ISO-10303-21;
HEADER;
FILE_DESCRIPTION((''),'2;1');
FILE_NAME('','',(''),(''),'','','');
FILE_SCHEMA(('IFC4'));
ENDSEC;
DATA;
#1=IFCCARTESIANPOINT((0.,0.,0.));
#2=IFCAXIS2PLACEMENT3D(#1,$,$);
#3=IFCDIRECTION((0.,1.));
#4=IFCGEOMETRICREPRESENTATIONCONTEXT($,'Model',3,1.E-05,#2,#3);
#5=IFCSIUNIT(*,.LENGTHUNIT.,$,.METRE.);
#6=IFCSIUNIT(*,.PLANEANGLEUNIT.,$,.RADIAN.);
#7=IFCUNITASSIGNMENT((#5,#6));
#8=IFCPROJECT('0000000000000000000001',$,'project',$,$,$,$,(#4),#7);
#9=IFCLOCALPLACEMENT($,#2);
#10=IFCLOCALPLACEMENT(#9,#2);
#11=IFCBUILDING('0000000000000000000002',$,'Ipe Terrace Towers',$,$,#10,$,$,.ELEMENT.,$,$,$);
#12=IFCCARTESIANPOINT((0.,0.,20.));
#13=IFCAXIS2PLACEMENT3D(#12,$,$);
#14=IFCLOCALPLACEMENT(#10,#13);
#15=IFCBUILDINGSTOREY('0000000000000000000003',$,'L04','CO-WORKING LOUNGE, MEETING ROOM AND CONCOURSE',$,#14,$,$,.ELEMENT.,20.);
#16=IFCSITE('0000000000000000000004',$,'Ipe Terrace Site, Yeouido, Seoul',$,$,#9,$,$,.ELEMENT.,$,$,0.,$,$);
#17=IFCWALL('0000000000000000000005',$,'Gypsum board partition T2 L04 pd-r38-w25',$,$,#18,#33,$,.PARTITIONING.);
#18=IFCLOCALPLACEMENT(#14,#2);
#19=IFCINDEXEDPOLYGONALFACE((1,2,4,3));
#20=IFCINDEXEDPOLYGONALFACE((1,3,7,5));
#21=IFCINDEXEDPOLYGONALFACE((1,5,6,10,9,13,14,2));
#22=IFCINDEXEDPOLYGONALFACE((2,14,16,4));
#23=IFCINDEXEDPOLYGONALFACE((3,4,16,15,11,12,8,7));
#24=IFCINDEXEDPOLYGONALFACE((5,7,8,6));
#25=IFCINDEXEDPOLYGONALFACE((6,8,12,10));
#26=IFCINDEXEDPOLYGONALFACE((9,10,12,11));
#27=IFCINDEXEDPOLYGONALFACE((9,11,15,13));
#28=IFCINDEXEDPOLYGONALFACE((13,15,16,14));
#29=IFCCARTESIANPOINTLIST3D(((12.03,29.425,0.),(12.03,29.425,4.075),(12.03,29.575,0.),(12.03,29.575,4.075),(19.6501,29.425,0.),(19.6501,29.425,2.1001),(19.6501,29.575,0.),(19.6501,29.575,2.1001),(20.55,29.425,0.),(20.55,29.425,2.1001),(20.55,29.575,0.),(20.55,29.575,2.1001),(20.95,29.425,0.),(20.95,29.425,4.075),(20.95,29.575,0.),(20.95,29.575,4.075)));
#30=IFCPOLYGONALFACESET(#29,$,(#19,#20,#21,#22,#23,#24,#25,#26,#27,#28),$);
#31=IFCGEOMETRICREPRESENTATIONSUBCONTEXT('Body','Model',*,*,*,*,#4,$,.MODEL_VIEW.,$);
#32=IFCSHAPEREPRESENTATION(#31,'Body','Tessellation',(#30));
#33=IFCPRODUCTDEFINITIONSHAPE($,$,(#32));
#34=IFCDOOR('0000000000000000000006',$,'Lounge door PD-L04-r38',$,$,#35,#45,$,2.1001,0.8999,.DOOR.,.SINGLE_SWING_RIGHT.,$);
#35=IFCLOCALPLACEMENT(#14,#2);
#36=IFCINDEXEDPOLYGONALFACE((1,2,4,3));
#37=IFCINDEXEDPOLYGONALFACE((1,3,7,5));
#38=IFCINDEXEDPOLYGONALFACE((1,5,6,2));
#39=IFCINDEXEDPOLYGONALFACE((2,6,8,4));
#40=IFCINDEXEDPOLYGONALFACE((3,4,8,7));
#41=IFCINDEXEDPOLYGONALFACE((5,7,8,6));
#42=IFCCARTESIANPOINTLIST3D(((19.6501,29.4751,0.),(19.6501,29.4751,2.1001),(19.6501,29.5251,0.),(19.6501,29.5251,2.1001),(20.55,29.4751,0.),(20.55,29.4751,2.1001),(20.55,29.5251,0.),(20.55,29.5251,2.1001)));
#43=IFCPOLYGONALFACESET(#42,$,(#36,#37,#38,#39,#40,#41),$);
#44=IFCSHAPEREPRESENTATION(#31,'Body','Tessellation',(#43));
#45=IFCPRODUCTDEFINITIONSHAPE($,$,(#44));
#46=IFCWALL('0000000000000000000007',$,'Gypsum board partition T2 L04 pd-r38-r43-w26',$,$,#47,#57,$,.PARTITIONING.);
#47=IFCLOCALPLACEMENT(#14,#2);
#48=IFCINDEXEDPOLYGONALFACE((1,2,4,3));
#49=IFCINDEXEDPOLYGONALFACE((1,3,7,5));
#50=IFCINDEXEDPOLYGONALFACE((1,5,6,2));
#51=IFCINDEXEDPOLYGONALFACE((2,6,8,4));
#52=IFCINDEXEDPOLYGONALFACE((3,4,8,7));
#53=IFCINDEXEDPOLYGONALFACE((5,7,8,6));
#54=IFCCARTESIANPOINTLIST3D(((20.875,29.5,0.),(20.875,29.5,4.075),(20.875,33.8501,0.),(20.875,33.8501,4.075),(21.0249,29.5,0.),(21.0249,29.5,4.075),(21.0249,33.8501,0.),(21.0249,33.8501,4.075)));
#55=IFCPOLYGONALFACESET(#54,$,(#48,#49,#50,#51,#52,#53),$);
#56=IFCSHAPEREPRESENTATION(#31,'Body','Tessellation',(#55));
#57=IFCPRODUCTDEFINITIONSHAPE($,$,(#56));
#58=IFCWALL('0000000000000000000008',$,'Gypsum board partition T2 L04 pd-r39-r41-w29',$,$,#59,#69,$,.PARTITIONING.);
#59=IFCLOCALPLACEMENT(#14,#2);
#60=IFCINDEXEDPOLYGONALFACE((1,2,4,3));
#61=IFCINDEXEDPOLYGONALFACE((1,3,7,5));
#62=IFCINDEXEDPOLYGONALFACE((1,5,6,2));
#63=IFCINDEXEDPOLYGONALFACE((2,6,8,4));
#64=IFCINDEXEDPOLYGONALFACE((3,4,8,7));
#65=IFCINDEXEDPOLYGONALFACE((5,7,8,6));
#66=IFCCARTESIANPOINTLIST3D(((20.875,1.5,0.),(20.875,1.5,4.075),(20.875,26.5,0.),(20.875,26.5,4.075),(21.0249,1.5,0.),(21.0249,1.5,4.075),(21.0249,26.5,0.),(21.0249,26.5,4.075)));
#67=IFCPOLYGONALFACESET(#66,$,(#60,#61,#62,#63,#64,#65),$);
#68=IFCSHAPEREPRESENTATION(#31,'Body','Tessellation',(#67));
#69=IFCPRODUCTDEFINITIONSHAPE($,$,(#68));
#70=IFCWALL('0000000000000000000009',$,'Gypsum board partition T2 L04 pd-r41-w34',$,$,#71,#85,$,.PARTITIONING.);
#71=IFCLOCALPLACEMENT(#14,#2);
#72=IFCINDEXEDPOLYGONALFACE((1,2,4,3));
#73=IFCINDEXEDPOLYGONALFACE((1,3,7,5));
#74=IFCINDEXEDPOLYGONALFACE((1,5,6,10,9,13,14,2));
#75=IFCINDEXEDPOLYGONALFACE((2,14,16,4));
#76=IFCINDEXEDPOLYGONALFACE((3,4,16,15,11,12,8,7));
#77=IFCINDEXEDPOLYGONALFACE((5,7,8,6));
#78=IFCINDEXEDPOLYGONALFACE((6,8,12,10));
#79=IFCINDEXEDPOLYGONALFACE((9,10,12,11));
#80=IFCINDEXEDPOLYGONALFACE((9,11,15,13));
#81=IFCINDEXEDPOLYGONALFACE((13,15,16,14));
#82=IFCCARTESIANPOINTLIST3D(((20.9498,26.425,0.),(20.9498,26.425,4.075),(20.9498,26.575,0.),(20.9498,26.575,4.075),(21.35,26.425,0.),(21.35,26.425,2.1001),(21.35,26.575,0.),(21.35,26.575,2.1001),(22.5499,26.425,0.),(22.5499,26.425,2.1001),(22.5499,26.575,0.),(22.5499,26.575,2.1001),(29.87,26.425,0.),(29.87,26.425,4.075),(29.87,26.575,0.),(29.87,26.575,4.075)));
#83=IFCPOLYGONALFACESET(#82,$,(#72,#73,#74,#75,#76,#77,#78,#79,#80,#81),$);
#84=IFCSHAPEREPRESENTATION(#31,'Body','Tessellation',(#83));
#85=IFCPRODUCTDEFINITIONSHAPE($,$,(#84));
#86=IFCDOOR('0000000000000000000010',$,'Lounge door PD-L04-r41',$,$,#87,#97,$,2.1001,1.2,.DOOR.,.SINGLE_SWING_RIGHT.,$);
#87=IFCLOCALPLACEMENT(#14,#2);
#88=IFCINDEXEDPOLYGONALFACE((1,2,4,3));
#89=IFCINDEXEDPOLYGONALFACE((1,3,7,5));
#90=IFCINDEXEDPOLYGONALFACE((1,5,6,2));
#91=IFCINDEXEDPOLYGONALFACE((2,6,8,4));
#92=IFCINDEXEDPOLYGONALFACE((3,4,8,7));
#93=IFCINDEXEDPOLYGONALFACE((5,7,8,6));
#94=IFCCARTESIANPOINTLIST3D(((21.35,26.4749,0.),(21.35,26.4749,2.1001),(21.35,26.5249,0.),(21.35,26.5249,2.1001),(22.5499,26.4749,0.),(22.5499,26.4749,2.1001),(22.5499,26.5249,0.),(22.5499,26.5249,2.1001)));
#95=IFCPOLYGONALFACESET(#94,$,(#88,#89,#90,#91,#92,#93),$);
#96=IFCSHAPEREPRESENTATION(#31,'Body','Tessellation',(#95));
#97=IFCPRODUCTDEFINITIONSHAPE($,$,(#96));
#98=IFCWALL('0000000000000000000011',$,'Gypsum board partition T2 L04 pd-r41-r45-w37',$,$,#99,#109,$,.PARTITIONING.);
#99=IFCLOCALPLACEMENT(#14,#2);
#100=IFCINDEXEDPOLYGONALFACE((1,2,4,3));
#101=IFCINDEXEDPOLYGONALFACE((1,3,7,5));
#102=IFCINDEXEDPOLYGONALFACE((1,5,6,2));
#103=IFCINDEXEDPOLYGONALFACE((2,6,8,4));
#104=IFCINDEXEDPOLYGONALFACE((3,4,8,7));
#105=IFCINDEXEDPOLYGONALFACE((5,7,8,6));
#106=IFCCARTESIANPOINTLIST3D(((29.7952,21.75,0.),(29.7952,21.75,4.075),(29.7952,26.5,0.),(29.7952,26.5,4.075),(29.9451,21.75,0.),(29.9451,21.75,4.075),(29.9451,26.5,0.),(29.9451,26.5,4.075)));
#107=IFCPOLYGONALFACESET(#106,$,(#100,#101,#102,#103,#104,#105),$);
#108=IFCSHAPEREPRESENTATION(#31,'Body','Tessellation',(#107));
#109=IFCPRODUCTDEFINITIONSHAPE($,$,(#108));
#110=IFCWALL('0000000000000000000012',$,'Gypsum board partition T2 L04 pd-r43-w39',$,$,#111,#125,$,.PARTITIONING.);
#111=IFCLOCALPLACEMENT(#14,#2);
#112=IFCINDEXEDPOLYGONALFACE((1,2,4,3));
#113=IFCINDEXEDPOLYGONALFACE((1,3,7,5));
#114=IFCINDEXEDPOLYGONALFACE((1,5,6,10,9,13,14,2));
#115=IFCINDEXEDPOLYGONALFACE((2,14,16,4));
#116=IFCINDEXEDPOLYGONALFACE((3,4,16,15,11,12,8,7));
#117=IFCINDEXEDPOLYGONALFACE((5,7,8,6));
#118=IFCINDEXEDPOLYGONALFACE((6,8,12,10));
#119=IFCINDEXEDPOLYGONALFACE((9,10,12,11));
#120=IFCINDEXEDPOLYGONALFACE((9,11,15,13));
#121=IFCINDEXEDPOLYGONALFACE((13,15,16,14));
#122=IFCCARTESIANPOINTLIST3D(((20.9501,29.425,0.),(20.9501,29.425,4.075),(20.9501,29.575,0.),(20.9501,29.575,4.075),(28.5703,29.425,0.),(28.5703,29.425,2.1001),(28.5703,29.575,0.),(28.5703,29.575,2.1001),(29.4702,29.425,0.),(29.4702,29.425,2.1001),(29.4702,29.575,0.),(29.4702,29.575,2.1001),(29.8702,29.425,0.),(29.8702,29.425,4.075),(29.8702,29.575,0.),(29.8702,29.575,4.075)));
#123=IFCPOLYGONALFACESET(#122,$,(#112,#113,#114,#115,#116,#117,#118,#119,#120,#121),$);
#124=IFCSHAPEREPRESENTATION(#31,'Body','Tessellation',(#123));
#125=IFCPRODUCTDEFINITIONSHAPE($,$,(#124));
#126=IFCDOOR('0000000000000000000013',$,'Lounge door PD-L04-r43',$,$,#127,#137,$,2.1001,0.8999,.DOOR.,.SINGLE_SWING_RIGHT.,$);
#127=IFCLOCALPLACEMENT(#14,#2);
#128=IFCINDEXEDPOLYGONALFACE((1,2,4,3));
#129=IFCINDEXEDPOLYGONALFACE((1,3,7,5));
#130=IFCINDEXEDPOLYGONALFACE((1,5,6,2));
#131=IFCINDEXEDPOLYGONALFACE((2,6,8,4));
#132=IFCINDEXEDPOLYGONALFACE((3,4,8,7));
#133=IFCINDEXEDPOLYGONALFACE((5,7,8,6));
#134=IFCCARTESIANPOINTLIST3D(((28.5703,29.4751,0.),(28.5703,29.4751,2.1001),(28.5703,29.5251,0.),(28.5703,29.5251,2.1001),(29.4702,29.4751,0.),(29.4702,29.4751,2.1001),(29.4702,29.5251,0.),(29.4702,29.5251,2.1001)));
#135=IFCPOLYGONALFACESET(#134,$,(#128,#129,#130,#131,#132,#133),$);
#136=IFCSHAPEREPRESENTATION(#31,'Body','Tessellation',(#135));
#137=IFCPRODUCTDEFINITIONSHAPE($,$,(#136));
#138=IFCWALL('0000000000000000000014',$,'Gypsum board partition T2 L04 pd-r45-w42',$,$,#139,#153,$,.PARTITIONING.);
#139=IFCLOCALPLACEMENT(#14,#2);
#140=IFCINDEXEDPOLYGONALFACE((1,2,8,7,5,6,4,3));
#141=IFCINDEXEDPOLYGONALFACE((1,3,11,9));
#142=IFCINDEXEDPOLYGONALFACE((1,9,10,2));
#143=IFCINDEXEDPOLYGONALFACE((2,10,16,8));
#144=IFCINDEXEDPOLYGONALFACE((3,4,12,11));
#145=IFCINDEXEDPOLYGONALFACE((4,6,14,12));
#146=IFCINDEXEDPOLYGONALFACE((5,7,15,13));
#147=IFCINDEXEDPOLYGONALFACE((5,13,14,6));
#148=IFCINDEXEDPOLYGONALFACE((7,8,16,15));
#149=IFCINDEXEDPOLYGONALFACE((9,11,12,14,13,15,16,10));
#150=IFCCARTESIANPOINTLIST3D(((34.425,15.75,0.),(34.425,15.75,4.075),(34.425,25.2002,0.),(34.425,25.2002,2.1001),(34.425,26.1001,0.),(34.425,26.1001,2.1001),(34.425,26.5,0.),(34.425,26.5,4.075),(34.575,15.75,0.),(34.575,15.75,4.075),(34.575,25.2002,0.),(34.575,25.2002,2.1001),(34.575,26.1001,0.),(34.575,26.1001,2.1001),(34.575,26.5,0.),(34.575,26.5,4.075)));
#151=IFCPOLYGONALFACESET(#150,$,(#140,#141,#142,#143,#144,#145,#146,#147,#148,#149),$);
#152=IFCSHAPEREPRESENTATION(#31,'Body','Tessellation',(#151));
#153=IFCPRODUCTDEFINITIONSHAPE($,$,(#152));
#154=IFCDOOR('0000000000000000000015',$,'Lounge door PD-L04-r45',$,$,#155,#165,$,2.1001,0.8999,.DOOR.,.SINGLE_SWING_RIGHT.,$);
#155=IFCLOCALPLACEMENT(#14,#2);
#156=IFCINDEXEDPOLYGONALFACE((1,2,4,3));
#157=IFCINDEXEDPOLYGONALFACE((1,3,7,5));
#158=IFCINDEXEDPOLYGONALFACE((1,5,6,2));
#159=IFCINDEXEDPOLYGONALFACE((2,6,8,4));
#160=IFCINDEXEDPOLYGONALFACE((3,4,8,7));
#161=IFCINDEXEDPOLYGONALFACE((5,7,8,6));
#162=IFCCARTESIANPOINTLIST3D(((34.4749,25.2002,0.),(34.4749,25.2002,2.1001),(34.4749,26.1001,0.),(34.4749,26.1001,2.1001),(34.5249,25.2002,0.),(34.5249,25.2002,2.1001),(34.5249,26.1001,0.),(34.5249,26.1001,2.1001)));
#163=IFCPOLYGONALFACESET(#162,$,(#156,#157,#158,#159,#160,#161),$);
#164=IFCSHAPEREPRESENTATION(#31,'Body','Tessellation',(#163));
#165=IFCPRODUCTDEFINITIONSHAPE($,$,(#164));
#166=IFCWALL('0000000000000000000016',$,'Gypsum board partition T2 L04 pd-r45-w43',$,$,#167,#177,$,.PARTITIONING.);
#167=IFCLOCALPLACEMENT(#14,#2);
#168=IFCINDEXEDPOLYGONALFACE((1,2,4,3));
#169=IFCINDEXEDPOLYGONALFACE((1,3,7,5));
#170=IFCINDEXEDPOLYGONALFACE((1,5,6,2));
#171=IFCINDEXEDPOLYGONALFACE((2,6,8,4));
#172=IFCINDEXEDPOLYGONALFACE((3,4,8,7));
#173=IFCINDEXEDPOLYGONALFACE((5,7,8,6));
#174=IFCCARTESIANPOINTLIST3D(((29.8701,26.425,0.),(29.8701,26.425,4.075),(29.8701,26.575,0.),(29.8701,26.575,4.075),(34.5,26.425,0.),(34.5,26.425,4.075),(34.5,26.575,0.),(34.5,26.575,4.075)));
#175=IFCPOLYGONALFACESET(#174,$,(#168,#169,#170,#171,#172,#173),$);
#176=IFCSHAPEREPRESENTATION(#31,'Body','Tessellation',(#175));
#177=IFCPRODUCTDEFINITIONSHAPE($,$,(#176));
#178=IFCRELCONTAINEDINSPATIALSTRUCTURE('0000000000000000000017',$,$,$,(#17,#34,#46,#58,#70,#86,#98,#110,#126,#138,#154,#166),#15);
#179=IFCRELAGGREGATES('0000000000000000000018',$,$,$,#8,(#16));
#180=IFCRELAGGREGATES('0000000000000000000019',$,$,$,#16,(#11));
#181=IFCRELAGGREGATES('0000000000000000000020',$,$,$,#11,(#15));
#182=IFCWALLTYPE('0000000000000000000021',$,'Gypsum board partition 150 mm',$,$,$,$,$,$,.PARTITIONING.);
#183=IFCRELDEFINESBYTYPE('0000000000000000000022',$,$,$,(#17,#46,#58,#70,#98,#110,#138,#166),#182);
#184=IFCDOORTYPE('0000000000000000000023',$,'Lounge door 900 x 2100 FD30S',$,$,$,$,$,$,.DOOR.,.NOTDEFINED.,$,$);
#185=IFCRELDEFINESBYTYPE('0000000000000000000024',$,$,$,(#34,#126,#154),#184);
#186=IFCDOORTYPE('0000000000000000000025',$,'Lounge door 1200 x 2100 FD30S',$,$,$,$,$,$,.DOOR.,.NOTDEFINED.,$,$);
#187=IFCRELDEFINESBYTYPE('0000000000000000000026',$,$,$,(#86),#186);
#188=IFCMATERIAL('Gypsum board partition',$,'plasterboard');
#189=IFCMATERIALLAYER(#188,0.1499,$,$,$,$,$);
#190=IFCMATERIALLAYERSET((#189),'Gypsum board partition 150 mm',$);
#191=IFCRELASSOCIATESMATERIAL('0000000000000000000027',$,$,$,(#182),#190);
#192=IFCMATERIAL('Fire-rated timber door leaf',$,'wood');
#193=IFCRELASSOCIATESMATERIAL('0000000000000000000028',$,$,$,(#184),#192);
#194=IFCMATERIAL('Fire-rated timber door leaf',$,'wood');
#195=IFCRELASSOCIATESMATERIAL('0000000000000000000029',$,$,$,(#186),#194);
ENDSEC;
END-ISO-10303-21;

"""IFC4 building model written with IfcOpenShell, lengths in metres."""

from ifc_helpers import new_model, si_unit, direction, frame, frame_2d, origin, place, context, subcontext, project, spatial, rectangle, extrude, material, layer, layer_set, type_object, element, fill, save


model = new_model("IFC4")

# Units and contexts
model_context = context("Model", 3, precision=1e-05, world=origin(), true_north=direction((0.0, 1.0)))
body_context = subcontext(model_context, "Body", "Model", "MODEL_VIEW")
ifc_project = project(units=[si_unit("LENGTHUNIT", "METRE"), si_unit("PLANEANGLEUNIT", "RADIAN")], contexts=[model_context])

# Site, building, storey
site_placement = place(None, origin())
site = spatial("IfcSite", under=ifc_project, at=site_placement, Name="Ipe Terrace Site, Yeouido, Seoul", CompositionType="ELEMENT", RefElevation=0.0)
building_placement = place(site_placement, origin())
building = spatial("IfcBuilding", under=site, at=building_placement, Name="Ipe Terrace Towers", CompositionType="ELEMENT")
storey_placement = place(building_placement, frame((0.0, 0.0, 20.0)))
storey = spatial("IfcBuildingStorey", under=building, at=storey_placement, Name="L04", Description="CO-WORKING LOUNGE, MEETING ROOM AND CONCOURSE", CompositionType="ELEMENT", Elevation=20.0)

# Wall, opening, door
ifc_material_1 = material(Name="Gypsum board partition", Category="plasterboard")
ifc_layer_1 = layer(ifc_material_1, 0.1499)
ifc_layer_set_1 = layer_set([ifc_layer_1], Name="Gypsum board partition 150 mm")
wall_type = type_object("IfcWallType", Name="Gypsum board partition 150 mm", PredefinedType="PARTITIONING", material=ifc_layer_set_1)
wall_1_placement = place(storey_placement, frame((20.95, 29.5, 0.0), z_axis=(0.0, 0.0, 1.0), x_axis=(-1.0, 0.0, 0.0)))
wall_1 = element("IfcWall", 1, at=wall_1_placement, inside=storey, type_object=wall_type, Name="Gypsum board partition T2 L04 pd-r38-w25", PredefinedType="PARTITIONING", context=body_context, shape_type="SweptSolid", body=[
    extrude(rectangle(XDim=8.9199, YDim=0.1499, at=frame_2d((4.46, 0.0))), origin(), (0.0, 0.0, 1.0), 4.075),
])
opening_1_placement = place(wall_1_placement, frame((0.3999, 0.0, 0.0)))
opening_1 = element("IfcOpeningElement", 2, at=opening_1_placement, cuts=wall_1, PredefinedType="OPENING", context=body_context, shape_type="SweptSolid", body=[
    extrude(rectangle(XDim=0.8999, YDim=2.1001, at=frame_2d((0.45, 1.05))), frame((0.0, 0.085, 0.0), z_axis=(0.0, -1.0, 0.0), x_axis=(1.0, 0.0, 0.0)), (0.0, 0.0, 1.0), 0.1699),
])
ifc_material_2 = material(Name="Fire-rated timber door leaf", Category="wood")
door_type_1 = type_object("IfcDoorType", Name="Lounge door 900 x 2100 FD30S", OperationType="NOTDEFINED", PredefinedType="DOOR", material=ifc_material_2)
door_1_placement = place(opening_1_placement, origin())
door_1 = element("IfcDoor", 3, at=door_1_placement, inside=storey, type_object=door_type_1, Name="Lounge door PD-L04-r38", OperationType="SINGLE_SWING_RIGHT", OverallHeight=2.1001, OverallWidth=0.8999, PredefinedType="DOOR", context=body_context, shape_type="SweptSolid", body=[
    extrude(rectangle(XDim=0.8999, YDim=2.1001, at=frame_2d((0.45, 1.05))), frame((0.0, 0.0249, 0.0), z_axis=(0.0, -1.0, 0.0), x_axis=(1.0, 0.0, 0.0)), (0.0, 0.0, 1.0), 0.05),
])
fill(opening_1, door_1)

# Walls
wall_2_placement = place(storey_placement, frame((20.95, 33.8501, 0.0), z_axis=(0.0, 0.0, 1.0), x_axis=(0.0, -1.0, 0.0)))
element("IfcWall", 4, at=wall_2_placement, inside=storey, type_object=wall_type, Name="Gypsum board partition T2 L04 pd-r38-r43-w26", PredefinedType="PARTITIONING", context=body_context, shape_type="SweptSolid", body=[
    extrude(rectangle(XDim=4.3501, YDim=0.1499, at=frame_2d((2.175, 0.0))), origin(), (0.0, 0.0, 1.0), 4.075),
])
wall_3_placement = place(storey_placement, frame((20.95, 26.5, 0.0), z_axis=(0.0, 0.0, 1.0), x_axis=(0.0, -1.0, 0.0)))
element("IfcWall", 5, at=wall_3_placement, inside=storey, type_object=wall_type, Name="Gypsum board partition T2 L04 pd-r39-r41-w29", PredefinedType="PARTITIONING", context=body_context, shape_type="SweptSolid", body=[
    extrude(rectangle(XDim=25.0, YDim=0.1499, at=frame_2d((12.5, 0.0))), origin(), (0.0, 0.0, 1.0), 4.075),
])

# Wall, opening, door
wall_4_placement = place(storey_placement, frame((20.95, 26.5, 0.0), z_axis=(0.0, 0.0, 1.0), x_axis=(1.0, 0.0, 0.0)))
wall_4 = element("IfcWall", 6, at=wall_4_placement, inside=storey, type_object=wall_type, Name="Gypsum board partition T2 L04 pd-r41-w34", PredefinedType="PARTITIONING", context=body_context, shape_type="SweptSolid", body=[
    extrude(rectangle(XDim=8.9202, YDim=0.1499, at=frame_2d((4.46, 0.0))), origin(), (0.0, 0.0, 1.0), 4.075),
])
opening_2_placement = place(wall_4_placement, frame((0.3999, 0.0, 0.0)))
opening_2 = element("IfcOpeningElement", 7, at=opening_2_placement, cuts=wall_4, PredefinedType="OPENING", context=body_context, shape_type="SweptSolid", body=[
    extrude(rectangle(XDim=1.2, YDim=2.1001, at=frame_2d((0.6001, 1.05))), frame((0.0, 0.085, 0.0), z_axis=(0.0, -1.0, 0.0), x_axis=(1.0, 0.0, 0.0)), (0.0, 0.0, 1.0), 0.1699),
])
ifc_material_3 = material(Name="Fire-rated timber door leaf", Category="wood")
door_type_2 = type_object("IfcDoorType", Name="Lounge door 1200 x 2100 FD30S", OperationType="NOTDEFINED", PredefinedType="DOOR", material=ifc_material_3)
door_2_placement = place(opening_2_placement, origin())
door_2 = element("IfcDoor", 8, at=door_2_placement, inside=storey, type_object=door_type_2, Name="Lounge door PD-L04-r41", OperationType="SINGLE_SWING_RIGHT", OverallHeight=2.1001, OverallWidth=1.2, PredefinedType="DOOR", context=body_context, shape_type="SweptSolid", body=[
    extrude(rectangle(XDim=1.2, YDim=2.1001, at=frame_2d((0.6001, 1.05))), frame((0.0, 0.0249, 0.0), z_axis=(0.0, -1.0, 0.0), x_axis=(1.0, 0.0, 0.0)), (0.0, 0.0, 1.0), 0.05),
])
fill(opening_2, door_2)

# Wall
wall_5_placement = place(storey_placement, frame((29.8701, 26.5, 0.0), z_axis=(0.0, 0.0, 1.0), x_axis=(0.0, -1.0, 0.0)))
element("IfcWall", 9, at=wall_5_placement, inside=storey, type_object=wall_type, Name="Gypsum board partition T2 L04 pd-r41-r45-w37", PredefinedType="PARTITIONING", context=body_context, shape_type="SweptSolid", body=[
    extrude(rectangle(XDim=4.75, YDim=0.1499, at=frame_2d((2.375, 0.0))), origin(), (0.0, 0.0, 1.0), 4.075),
])

# Walls, openings, doors
wall_6_placement = place(storey_placement, frame((29.8701, 29.5, 0.0), z_axis=(0.0, 0.0, 1.0), x_axis=(-1.0, 0.0, 0.0)))
wall_6 = element("IfcWall", 10, at=wall_6_placement, inside=storey, type_object=wall_type, Name="Gypsum board partition T2 L04 pd-r43-w39", PredefinedType="PARTITIONING", context=body_context, shape_type="SweptSolid", body=[
    extrude(rectangle(XDim=8.9202, YDim=0.1499, at=frame_2d((4.46, 0.0))), origin(), (0.0, 0.0, 1.0), 4.075),
])
opening_3_placement = place(wall_6_placement, frame((0.3999, 0.0, 0.0)))
opening_3 = element("IfcOpeningElement", 11, at=opening_3_placement, cuts=wall_6, PredefinedType="OPENING", context=body_context, shape_type="SweptSolid", body=[
    extrude(rectangle(XDim=0.8999, YDim=2.1001, at=frame_2d((0.45, 1.05))), frame((0.0, 0.085, 0.0), z_axis=(0.0, -1.0, 0.0), x_axis=(1.0, 0.0, 0.0)), (0.0, 0.0, 1.0), 0.1699),
])
door_3_placement = place(opening_3_placement, origin())
door_3 = element("IfcDoor", 12, at=door_3_placement, inside=storey, type_object=door_type_1, Name="Lounge door PD-L04-r43", OperationType="SINGLE_SWING_RIGHT", OverallHeight=2.1001, OverallWidth=0.8999, PredefinedType="DOOR", context=body_context, shape_type="SweptSolid", body=[
    extrude(rectangle(XDim=0.8999, YDim=2.1001, at=frame_2d((0.45, 1.05))), frame((0.0, 0.0249, 0.0), z_axis=(0.0, -1.0, 0.0), x_axis=(1.0, 0.0, 0.0)), (0.0, 0.0, 1.0), 0.05),
])
fill(opening_3, door_3)
wall_7_placement = place(storey_placement, frame((34.5, 26.5, 0.0), z_axis=(0.0, 0.0, 1.0), x_axis=(0.0, -1.0, 0.0)))
wall_7 = element("IfcWall", 13, at=wall_7_placement, inside=storey, type_object=wall_type, Name="Gypsum board partition T2 L04 pd-r45-w42", PredefinedType="PARTITIONING", context=body_context, shape_type="SweptSolid", body=[
    extrude(rectangle(XDim=10.75, YDim=0.1499, at=frame_2d((5.375, 0.0))), origin(), (0.0, 0.0, 1.0), 4.075),
])
opening_4_placement = place(wall_7_placement, frame((0.3999, 0.0, 0.0)))
opening_4 = element("IfcOpeningElement", 14, at=opening_4_placement, cuts=wall_7, PredefinedType="OPENING", context=body_context, shape_type="SweptSolid", body=[
    extrude(rectangle(XDim=0.8999, YDim=2.1001, at=frame_2d((0.45, 1.05))), frame((0.0, 0.085, 0.0), z_axis=(0.0, -1.0, 0.0), x_axis=(1.0, 0.0, 0.0)), (0.0, 0.0, 1.0), 0.1699),
])
door_4_placement = place(opening_4_placement, origin())
door_4 = element("IfcDoor", 15, at=door_4_placement, inside=storey, type_object=door_type_1, Name="Lounge door PD-L04-r45", OperationType="SINGLE_SWING_RIGHT", OverallHeight=2.1001, OverallWidth=0.8999, PredefinedType="DOOR", context=body_context, shape_type="SweptSolid", body=[
    extrude(rectangle(XDim=0.8999, YDim=2.1001, at=frame_2d((0.45, 1.05))), frame((0.0, 0.0249, 0.0), z_axis=(0.0, -1.0, 0.0), x_axis=(1.0, 0.0, 0.0)), (0.0, 0.0, 1.0), 0.05),
])
fill(opening_4, door_4)

# Wall
wall_8_placement = place(storey_placement, frame((29.8701, 26.5, 0.0), z_axis=(0.0, 0.0, 1.0), x_axis=(1.0, 0.0, 0.0)))
element("IfcWall", 16, at=wall_8_placement, inside=storey, type_object=wall_type, Name="Gypsum board partition T2 L04 pd-r45-w43", PredefinedType="PARTITIONING", context=body_context, shape_type="SweptSolid", body=[
    extrude(rectangle(XDim=4.6299, YDim=0.1499, at=frame_2d((2.3149, 0.0))), origin(), (0.0, 0.0, 1.0), 4.075),
])

save(model, "model.ifc")
